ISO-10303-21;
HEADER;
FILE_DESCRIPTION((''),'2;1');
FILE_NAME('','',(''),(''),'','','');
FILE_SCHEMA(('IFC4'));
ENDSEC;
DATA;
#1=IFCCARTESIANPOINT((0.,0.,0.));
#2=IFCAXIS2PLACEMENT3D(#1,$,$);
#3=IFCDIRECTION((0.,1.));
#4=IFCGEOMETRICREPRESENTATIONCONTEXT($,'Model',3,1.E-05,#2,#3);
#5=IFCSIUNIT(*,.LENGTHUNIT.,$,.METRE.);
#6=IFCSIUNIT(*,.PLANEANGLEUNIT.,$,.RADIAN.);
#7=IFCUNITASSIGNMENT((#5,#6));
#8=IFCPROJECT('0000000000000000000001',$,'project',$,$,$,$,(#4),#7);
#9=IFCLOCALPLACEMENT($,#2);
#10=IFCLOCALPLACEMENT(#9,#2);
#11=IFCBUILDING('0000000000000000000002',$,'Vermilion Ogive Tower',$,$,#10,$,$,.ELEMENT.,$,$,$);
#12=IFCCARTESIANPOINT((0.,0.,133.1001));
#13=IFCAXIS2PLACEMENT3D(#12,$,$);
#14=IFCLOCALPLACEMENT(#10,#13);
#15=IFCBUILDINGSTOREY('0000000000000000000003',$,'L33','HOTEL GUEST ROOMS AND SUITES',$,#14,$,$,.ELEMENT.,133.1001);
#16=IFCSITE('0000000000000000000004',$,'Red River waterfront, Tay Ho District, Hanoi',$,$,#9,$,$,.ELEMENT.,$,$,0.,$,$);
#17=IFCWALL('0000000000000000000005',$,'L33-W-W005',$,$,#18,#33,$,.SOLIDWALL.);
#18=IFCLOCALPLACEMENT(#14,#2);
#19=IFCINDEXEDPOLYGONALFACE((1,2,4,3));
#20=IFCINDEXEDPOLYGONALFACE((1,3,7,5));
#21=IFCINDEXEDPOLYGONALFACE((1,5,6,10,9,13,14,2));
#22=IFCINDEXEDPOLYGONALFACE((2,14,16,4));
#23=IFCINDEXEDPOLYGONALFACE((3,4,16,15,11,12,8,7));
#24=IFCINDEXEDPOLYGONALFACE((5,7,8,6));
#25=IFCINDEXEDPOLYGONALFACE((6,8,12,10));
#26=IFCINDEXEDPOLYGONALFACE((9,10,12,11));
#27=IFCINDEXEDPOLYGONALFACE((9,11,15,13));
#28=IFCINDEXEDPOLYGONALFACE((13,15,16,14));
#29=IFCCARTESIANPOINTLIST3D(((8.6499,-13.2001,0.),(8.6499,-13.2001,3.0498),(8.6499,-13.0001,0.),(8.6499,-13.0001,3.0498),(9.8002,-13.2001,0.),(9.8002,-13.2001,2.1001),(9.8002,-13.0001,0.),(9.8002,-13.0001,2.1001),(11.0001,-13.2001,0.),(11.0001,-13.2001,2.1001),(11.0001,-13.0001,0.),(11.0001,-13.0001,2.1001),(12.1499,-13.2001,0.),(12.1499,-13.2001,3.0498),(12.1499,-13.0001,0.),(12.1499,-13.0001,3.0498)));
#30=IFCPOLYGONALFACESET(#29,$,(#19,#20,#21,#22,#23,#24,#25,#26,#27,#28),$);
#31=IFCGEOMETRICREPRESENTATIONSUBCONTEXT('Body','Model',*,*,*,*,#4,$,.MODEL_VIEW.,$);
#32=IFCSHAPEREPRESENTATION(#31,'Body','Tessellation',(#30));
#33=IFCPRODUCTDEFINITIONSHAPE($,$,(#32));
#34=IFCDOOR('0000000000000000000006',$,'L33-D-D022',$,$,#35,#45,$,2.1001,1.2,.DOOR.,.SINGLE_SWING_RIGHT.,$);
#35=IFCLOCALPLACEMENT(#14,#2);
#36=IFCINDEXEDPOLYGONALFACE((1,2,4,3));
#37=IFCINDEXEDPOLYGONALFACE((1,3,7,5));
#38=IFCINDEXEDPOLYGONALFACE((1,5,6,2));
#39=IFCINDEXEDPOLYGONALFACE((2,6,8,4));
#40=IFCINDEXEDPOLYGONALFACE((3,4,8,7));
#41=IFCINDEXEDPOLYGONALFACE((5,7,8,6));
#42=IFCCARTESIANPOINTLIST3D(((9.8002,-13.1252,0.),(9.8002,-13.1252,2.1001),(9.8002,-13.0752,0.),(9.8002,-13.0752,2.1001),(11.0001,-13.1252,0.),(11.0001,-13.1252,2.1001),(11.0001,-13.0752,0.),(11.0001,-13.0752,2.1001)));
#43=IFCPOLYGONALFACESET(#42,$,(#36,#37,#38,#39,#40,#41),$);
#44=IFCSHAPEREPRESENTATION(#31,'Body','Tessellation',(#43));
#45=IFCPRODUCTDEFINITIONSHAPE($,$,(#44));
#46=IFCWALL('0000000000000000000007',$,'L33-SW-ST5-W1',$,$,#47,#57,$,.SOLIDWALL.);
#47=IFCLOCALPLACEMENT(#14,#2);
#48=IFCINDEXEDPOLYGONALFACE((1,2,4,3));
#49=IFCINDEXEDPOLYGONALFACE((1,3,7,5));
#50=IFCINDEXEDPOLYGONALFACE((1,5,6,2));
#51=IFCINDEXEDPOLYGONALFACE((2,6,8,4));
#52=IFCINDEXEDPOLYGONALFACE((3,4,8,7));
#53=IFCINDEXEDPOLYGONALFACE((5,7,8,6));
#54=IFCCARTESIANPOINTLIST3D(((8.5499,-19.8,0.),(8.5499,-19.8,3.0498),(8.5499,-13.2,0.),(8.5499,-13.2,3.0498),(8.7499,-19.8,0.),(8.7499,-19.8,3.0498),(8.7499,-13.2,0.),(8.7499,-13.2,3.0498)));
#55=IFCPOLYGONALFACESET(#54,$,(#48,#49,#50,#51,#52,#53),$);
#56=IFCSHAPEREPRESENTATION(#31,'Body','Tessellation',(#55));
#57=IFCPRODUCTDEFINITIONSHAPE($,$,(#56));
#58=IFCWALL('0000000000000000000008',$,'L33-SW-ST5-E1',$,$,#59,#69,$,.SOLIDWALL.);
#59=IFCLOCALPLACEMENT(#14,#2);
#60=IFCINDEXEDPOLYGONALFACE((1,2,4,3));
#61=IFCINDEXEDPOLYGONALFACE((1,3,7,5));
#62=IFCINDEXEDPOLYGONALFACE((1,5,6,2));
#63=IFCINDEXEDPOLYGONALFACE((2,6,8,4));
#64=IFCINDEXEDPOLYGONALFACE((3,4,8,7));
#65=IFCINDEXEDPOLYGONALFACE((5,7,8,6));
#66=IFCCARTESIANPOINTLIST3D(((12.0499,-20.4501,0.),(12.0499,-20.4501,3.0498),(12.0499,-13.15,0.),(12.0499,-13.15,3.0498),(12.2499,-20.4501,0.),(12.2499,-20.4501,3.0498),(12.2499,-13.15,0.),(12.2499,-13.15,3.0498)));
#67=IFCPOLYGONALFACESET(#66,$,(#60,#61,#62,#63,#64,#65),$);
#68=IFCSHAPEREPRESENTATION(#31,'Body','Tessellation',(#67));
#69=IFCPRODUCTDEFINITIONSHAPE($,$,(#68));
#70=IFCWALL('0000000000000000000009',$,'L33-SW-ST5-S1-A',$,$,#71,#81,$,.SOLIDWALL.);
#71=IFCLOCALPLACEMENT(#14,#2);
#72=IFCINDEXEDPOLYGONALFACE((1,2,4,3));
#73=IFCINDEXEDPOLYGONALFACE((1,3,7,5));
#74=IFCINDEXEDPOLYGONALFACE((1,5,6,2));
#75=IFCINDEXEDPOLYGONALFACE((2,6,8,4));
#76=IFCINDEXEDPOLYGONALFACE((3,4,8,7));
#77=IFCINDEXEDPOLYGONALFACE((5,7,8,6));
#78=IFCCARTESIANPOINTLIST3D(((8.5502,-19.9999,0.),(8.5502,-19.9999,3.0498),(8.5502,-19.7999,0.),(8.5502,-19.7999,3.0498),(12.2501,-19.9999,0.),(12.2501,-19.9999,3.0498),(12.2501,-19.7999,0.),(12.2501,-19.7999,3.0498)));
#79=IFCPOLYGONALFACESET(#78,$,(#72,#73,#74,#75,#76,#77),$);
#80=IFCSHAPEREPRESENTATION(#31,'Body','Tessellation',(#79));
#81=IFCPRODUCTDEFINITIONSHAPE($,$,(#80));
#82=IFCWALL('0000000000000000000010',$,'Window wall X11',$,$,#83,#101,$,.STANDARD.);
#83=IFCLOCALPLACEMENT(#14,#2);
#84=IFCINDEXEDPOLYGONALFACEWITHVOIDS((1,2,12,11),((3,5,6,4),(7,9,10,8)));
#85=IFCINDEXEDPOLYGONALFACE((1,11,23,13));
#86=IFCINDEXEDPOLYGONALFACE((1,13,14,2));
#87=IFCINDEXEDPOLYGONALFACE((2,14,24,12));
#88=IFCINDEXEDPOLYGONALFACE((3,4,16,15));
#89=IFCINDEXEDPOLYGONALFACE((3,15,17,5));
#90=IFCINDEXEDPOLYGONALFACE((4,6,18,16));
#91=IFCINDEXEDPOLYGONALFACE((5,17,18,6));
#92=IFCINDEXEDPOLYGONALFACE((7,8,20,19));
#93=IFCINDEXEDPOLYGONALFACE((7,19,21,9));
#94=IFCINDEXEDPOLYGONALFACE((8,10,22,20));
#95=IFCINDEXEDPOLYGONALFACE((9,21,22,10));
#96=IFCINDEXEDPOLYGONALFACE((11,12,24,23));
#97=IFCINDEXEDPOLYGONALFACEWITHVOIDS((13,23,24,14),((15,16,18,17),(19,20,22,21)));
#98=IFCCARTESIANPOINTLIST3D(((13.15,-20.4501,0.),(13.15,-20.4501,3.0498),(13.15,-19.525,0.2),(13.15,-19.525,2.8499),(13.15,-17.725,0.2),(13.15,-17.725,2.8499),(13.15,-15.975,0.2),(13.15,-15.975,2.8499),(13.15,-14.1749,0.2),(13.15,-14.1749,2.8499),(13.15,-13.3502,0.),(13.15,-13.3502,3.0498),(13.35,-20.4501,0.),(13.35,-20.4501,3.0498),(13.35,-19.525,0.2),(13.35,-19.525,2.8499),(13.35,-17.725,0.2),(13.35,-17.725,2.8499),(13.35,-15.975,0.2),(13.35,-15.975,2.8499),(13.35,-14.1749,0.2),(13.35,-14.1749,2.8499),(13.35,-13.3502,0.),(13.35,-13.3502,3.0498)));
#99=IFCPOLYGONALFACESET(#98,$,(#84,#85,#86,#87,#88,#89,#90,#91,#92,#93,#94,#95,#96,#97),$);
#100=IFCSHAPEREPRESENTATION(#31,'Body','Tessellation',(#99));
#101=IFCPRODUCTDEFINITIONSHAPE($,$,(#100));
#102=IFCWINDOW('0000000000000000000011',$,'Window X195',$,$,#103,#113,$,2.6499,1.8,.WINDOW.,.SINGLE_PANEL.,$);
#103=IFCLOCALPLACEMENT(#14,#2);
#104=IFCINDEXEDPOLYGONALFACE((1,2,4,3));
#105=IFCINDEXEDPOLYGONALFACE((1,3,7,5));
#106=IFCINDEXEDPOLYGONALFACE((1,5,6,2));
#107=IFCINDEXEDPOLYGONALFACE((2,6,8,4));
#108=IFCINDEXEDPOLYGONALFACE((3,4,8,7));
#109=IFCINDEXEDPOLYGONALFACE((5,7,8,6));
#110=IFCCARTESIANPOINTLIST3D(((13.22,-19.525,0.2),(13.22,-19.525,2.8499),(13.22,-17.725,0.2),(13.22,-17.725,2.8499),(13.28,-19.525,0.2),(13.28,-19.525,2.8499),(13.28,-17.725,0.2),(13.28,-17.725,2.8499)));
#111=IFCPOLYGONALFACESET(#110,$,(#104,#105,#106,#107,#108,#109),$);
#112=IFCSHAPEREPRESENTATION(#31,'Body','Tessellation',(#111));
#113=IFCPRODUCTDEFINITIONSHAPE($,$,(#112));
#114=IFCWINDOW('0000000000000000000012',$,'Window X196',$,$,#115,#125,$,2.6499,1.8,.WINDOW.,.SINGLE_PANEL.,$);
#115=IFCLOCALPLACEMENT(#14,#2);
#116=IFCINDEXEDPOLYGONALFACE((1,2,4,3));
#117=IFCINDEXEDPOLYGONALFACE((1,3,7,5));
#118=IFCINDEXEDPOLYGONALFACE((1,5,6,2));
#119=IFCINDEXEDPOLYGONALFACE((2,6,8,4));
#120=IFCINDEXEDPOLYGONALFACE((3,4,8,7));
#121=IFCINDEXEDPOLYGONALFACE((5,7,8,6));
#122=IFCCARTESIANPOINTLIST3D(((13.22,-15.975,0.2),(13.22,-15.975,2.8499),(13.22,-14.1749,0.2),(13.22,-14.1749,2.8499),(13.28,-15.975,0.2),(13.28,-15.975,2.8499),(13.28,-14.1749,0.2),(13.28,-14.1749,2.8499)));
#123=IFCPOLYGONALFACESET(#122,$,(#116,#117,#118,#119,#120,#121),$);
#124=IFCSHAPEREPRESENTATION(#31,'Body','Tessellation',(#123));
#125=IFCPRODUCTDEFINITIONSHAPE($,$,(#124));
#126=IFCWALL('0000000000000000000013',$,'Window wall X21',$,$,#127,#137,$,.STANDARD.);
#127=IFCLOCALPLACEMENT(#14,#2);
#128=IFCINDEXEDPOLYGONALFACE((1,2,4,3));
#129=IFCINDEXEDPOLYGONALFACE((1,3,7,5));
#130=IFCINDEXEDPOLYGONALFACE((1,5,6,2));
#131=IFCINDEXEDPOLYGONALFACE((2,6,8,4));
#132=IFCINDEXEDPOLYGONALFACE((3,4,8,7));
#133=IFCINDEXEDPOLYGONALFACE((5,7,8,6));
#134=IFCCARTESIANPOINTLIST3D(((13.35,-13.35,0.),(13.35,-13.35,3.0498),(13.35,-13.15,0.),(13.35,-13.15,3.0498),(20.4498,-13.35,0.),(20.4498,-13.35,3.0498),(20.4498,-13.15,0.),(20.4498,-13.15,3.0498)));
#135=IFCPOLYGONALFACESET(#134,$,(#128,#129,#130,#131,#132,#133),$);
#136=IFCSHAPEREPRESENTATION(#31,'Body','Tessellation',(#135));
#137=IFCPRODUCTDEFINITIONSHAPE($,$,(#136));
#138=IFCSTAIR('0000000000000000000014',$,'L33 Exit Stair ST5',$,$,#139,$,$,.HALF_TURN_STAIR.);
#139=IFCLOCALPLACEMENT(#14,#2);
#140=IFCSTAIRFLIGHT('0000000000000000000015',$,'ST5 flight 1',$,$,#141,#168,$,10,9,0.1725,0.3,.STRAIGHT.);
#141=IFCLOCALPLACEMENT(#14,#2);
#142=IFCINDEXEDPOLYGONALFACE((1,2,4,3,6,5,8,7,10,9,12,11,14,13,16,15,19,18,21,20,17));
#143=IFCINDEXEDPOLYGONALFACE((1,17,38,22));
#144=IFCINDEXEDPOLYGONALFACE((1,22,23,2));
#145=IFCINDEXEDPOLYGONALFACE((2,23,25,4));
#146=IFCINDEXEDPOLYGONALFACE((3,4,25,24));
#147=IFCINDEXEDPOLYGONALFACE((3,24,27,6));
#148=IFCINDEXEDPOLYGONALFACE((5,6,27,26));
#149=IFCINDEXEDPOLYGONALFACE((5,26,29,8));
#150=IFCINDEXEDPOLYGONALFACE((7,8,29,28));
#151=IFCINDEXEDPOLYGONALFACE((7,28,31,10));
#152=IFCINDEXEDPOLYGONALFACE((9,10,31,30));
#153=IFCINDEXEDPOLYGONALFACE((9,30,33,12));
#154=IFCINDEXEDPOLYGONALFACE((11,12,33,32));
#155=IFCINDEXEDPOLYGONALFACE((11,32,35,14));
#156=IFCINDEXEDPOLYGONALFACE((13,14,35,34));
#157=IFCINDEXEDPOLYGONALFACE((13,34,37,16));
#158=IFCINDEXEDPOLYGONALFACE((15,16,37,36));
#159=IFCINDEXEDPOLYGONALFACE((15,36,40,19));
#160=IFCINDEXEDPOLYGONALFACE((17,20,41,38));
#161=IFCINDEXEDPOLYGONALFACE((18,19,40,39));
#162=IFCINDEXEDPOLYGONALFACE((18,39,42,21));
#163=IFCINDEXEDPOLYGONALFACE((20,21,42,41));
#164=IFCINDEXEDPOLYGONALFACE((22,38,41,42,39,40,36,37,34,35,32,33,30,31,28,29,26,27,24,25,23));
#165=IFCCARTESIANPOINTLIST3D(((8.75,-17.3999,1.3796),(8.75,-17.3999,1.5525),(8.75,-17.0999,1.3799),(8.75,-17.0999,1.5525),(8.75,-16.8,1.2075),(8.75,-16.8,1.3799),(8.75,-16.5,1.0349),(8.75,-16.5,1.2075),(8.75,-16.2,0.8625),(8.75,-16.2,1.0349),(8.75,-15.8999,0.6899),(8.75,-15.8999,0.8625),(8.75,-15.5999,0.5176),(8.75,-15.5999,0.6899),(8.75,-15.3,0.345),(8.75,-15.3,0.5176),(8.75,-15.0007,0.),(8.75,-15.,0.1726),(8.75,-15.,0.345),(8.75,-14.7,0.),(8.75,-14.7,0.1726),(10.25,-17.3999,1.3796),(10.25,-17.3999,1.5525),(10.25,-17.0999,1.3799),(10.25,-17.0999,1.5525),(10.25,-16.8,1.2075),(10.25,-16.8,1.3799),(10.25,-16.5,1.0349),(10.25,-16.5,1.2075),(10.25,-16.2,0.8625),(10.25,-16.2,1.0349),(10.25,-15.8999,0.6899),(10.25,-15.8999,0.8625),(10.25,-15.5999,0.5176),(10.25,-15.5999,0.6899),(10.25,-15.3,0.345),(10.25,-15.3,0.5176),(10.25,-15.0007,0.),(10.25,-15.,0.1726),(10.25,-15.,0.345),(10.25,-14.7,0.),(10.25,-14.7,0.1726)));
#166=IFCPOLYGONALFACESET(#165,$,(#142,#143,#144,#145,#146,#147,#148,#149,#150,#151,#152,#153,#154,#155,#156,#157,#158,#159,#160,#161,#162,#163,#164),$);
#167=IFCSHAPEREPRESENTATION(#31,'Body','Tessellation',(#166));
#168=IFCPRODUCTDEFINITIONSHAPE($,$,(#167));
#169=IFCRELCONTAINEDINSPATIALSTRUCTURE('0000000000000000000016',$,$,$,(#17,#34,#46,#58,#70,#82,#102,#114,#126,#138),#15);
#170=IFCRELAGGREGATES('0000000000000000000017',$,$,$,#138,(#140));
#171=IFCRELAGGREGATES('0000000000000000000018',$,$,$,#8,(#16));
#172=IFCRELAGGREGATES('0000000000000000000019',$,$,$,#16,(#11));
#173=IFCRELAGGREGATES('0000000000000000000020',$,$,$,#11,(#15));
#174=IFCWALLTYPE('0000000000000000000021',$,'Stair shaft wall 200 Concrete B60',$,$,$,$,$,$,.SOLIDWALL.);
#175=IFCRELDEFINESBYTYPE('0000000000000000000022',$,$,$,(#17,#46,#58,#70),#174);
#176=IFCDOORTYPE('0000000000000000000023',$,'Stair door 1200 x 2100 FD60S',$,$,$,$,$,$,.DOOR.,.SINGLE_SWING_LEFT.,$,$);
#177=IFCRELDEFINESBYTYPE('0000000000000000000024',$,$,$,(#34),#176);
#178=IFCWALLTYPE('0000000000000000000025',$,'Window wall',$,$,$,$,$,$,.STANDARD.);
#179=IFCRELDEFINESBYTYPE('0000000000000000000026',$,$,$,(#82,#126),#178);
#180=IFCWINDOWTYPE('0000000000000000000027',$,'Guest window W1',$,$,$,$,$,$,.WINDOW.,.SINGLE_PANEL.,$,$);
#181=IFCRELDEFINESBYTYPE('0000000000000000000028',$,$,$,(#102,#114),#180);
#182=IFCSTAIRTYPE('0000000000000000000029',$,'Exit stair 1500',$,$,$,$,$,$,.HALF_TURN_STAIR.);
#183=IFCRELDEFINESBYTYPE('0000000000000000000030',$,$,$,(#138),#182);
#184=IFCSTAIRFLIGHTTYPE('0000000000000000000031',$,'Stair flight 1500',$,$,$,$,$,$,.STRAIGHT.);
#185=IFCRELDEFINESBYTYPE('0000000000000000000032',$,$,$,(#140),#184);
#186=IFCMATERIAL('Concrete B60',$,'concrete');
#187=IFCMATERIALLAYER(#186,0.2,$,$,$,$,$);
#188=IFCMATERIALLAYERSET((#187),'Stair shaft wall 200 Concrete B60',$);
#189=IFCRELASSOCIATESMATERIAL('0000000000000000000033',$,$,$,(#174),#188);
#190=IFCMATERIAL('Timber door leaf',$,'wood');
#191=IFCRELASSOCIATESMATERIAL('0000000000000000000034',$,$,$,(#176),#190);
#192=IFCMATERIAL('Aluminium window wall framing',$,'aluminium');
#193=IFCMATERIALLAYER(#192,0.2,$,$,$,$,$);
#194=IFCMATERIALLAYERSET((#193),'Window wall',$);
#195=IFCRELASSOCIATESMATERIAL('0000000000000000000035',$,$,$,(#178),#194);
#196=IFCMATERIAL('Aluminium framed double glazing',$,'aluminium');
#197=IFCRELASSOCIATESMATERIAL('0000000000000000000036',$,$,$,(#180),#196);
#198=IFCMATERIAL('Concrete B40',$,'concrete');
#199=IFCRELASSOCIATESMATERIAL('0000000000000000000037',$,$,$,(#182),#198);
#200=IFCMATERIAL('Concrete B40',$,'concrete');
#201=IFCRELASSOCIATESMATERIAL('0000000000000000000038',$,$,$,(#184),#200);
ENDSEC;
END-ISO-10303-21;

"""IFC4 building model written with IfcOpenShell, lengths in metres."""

from ifc_helpers import new_model, si_unit, direction, frame, frame_2d, origin, place, context, subcontext, project, spatial, polyline, rectangle, outline, extrude, material, layer, layer_set, type_object, element, fill, aggregate, save


model = new_model("IFC4")

# Units and contexts
model_context = context("Model", 3, precision=1e-05, world=origin(), true_north=direction((0.0, 1.0)))
body_context = subcontext(model_context, "Body", "Model", "MODEL_VIEW")
ifc_project = project(units=[si_unit("LENGTHUNIT", "METRE"), si_unit("PLANEANGLEUNIT", "RADIAN")], contexts=[model_context])

# Site, building, storey
site_placement = place(None, origin())
site = spatial("IfcSite", under=ifc_project, at=site_placement, Name="Red River waterfront, Tay Ho District, Hanoi", CompositionType="ELEMENT", RefElevation=0.0)
building_placement = place(site_placement, origin())
building = spatial("IfcBuilding", under=site, at=building_placement, Name="Vermilion Ogive Tower", CompositionType="ELEMENT")
storey_placement = place(building_placement, frame((0.0, 0.0, 133.1001)))
storey = spatial("IfcBuildingStorey", under=building, at=storey_placement, Name="L33", Description="HOTEL GUEST ROOMS AND SUITES", CompositionType="ELEMENT", Elevation=133.1001)

# Wall, opening, door
ifc_material_1 = material(Name="Concrete B60", Category="concrete")
ifc_layer_1 = layer(ifc_material_1, 0.2)
ifc_layer_set_1 = layer_set([ifc_layer_1], Name="Stair shaft wall 200 Concrete B60")
wall_type_1 = type_object("IfcWallType", Name="Stair shaft wall 200 Concrete B60", PredefinedType="SOLIDWALL", material=ifc_layer_set_1)
wall_1_placement = place(storey_placement, frame((8.6499, -13.1001, 0.0), z_axis=(0.0, 0.0, 1.0), x_axis=(1.0, 0.0, 0.0)))
wall_1 = element("IfcWall", 1, at=wall_1_placement, inside=storey, type_object=wall_type_1, Name="L33-W-W005", PredefinedType="SOLIDWALL", context=body_context, shape_type="SweptSolid", body=[
    extrude(rectangle(XDim=3.5, YDim=0.2, at=frame_2d((1.75, 0.0))), origin(), (0.0, 0.0, 1.0), 3.0498),
])
opening_1_placement = place(wall_1_placement, frame((1.1501, 0.0, 0.0)))
opening_1 = element("IfcOpeningElement", 2, at=opening_1_placement, cuts=wall_1, PredefinedType="OPENING", context=body_context, shape_type="SweptSolid", body=[
    extrude(rectangle(XDim=1.2, YDim=2.1001, at=frame_2d((0.6001, 1.05))), frame((0.0, 0.1099, 0.0), z_axis=(0.0, -1.0, 0.0), x_axis=(1.0, 0.0, 0.0)), (0.0, 0.0, 1.0), 0.22),
])
ifc_material_2 = material(Name="Timber door leaf", Category="wood")
door_type_1 = type_object("IfcDoorType", Name="Stair door 1200 x 2100 FD60S", OperationType="SINGLE_SWING_LEFT", PredefinedType="DOOR", material=ifc_material_2)
door_1_placement = place(opening_1_placement, origin())
door_1 = element("IfcDoor", 3, at=door_1_placement, inside=storey, type_object=door_type_1, Name="L33-D-D022", OperationType="SINGLE_SWING_RIGHT", OverallHeight=2.1001, OverallWidth=1.2, PredefinedType="DOOR", context=body_context, shape_type="SweptSolid", body=[
    extrude(rectangle(XDim=1.2, YDim=2.1001, at=frame_2d((0.6001, 1.05))), frame((0.0, 0.0249, 0.0), z_axis=(0.0, -1.0, 0.0), x_axis=(1.0, 0.0, 0.0)), (0.0, 0.0, 1.0), 0.05),
])
fill(opening_1, door_1)

# Walls
wall_2_placement = place(storey_placement, frame((8.6499, -19.8, 0.0), z_axis=(0.0, 0.0, 1.0), x_axis=(0.0, 1.0, 0.0)))
element("IfcWall", 4, at=wall_2_placement, inside=storey, type_object=wall_type_1, Name="L33-SW-ST5-W1", PredefinedType="SOLIDWALL", context=body_context, shape_type="SweptSolid", body=[
    extrude(rectangle(XDim=6.6001, YDim=0.2, at=frame_2d((3.3, 0.0))), origin(), (0.0, 0.0, 1.0), 3.0498),
])
wall_3_placement = place(storey_placement, frame((12.1499, -20.45, 0.0), z_axis=(0.0, 0.0, 1.0), x_axis=(0.0, 1.0, 0.0)))
element("IfcWall", 5, at=wall_3_placement, inside=storey, type_object=wall_type_1, Name="L33-SW-ST5-E1", PredefinedType="SOLIDWALL", context=body_context, shape_type="SweptSolid", body=[
    extrude(rectangle(XDim=7.3, YDim=0.2, at=frame_2d((3.6499, 0.0))), origin(), (0.0, 0.0, 1.0), 3.0498),
])
wall_4_placement = place(storey_placement, frame((8.55, -19.8999, 0.0), z_axis=(0.0, 0.0, 1.0), x_axis=(1.0, 0.0, 0.0)))
element("IfcWall", 6, at=wall_4_placement, inside=storey, type_object=wall_type_1, Name="L33-SW-ST5-S1-A", PredefinedType="SOLIDWALL", context=body_context, shape_type="SweptSolid", body=[
    extrude(rectangle(XDim=3.7, YDim=0.2, at=frame_2d((1.8501, 0.0))), origin(), (0.0, 0.0, 1.0), 3.0498),
])

# Wall, openings, windows
ifc_material_3 = material(Name="Aluminium window wall framing", Category="aluminium")
ifc_layer_2 = layer(ifc_material_3, 0.2)
ifc_layer_set_2 = layer_set([ifc_layer_2], Name="Window wall")
wall_type_2 = type_object("IfcWallType", Name="Window wall", PredefinedType="STANDARD", material=ifc_layer_set_2)
wall_5_placement = place(storey_placement, frame((13.25, -20.45, 0.0), z_axis=(0.0, 0.0, 1.0), x_axis=(0.0, 1.0, 0.0)))
wall_5 = element("IfcWall", 7, at=wall_5_placement, inside=storey, type_object=wall_type_2, Name="Window wall X11", PredefinedType="STANDARD", context=body_context, shape_type="SweptSolid", body=[
    extrude(rectangle(XDim=7.0999, YDim=0.2, at=frame_2d((3.5498, 0.0))), origin(), (0.0, 0.0, 1.0), 3.0498),
])
opening_2_placement = place(wall_5_placement, frame((0.925, 0.0, 0.2)))
opening_2 = element("IfcOpeningElement", 8, at=opening_2_placement, cuts=wall_5, PredefinedType="OPENING", context=body_context, shape_type="SweptSolid", body=[
    extrude(rectangle(XDim=1.8, YDim=2.6499, at=frame_2d((0.8999, 1.325))), frame((0.0, 0.1099, 0.0), z_axis=(0.0, -1.0, 0.0), x_axis=(1.0, 0.0, 0.0)), (0.0, 0.0, 1.0), 0.22),
])
opening_3_placement = place(wall_5_placement, frame((4.4751, 0.0, 0.2)))
opening_3 = element("IfcOpeningElement", 9, at=opening_3_placement, cuts=wall_5, PredefinedType="OPENING", context=body_context, shape_type="SweptSolid", body=[
    extrude(rectangle(XDim=1.8, YDim=2.6499, at=frame_2d((0.8999, 1.325))), frame((0.0, 0.1099, 0.0), z_axis=(0.0, -1.0, 0.0), x_axis=(1.0, 0.0, 0.0)), (0.0, 0.0, 1.0), 0.22),
])
ifc_material_4 = material(Name="Aluminium framed double glazing", Category="aluminium")
window_type = type_object("IfcWindowType", Name="Guest window W1", PartitioningType="SINGLE_PANEL", PredefinedType="WINDOW", material=ifc_material_4)
window_1_placement = place(opening_2_placement, origin())
window_1 = element("IfcWindow", 10, at=window_1_placement, inside=storey, type_object=window_type, Name="Window X195", OverallHeight=2.6499, OverallWidth=1.8, PartitioningType="SINGLE_PANEL", PredefinedType="WINDOW", context=body_context, shape_type="SweptSolid", body=[
    extrude(rectangle(XDim=1.8, YDim=2.6499, at=frame_2d((0.8999, 1.325))), frame((0.0, 0.03, 0.0), z_axis=(0.0, -1.0, 0.0), x_axis=(1.0, 0.0, 0.0)), (0.0, 0.0, 1.0), 0.0601),
])
fill(opening_2, window_1)
window_2_placement = place(opening_3_placement, origin())
window_2 = element("IfcWindow", 11, at=window_2_placement, inside=storey, type_object=window_type, Name="Window X196", OverallHeight=2.6499, OverallWidth=1.8, PartitioningType="SINGLE_PANEL", PredefinedType="WINDOW", context=body_context, shape_type="SweptSolid", body=[
    extrude(rectangle(XDim=1.8, YDim=2.6499, at=frame_2d((0.8999, 1.325))), frame((0.0, 0.03, 0.0), z_axis=(0.0, -1.0, 0.0), x_axis=(1.0, 0.0, 0.0)), (0.0, 0.0, 1.0), 0.0601),
])
fill(opening_3, window_2)

# Wall
wall_6_placement = place(storey_placement, frame((13.3501, -13.25, 0.0), z_axis=(0.0, 0.0, 1.0), x_axis=(1.0, 0.0, 0.0)))
element("IfcWall", 12, at=wall_6_placement, inside=storey, type_object=wall_type_2, Name="Window wall X21", PredefinedType="STANDARD", context=body_context, shape_type="SweptSolid", body=[
    extrude(rectangle(XDim=7.0999, YDim=0.2, at=frame_2d((3.5498, 0.0))), origin(), (0.0, 0.0, 1.0), 3.0498),
])

# Stair, stair flight
ifc_material_5 = material(Name="Concrete B40", Category="concrete")
stair_type = type_object("IfcStairType", Name="Exit stair 1500", PredefinedType="HALF_TURN_STAIR", material=ifc_material_5)
stair_placement = place(storey_placement, origin())
stair = element("IfcStair", 13, at=stair_placement, inside=storey, type_object=stair_type, Name="L33 Exit Stair ST5", PredefinedType="HALF_TURN_STAIR")
ifc_material_6 = material(Name="Concrete B40", Category="concrete")
stair_flight_type = type_object("IfcStairFlightType", Name="Stair flight 1500", PredefinedType="STRAIGHT", material=ifc_material_6)
stair_flight_1_placement = place(storey_placement, frame((9.5, -14.7, 0.0), z_axis=(0.0, 0.0, 1.0), x_axis=(0.0, -1.0, 0.0)))
stair_flight_1 = element("IfcStairFlight", 14, at=stair_flight_1_placement, type_object=stair_flight_type, Name="ST5 flight 1", NumberOfRisers=10, NumberOfTreads=9, PredefinedType="STRAIGHT", RiserHeight=0.1725, TreadLength=0.3, context=body_context, shape_type="SweptSolid", body=[
    extrude(outline(polyline([(0.0, 0.0), (0.0, 0.1726), (0.3, 0.1726), (0.3, 0.345), (0.6001, 0.345), (0.6001, 0.5176), (0.8999, 0.5176), (0.8999, 0.6899), (1.2, 0.6899), (1.2, 0.8625), (1.5, 0.8625), (1.5, 1.0349), (1.8, 1.0349), (1.8, 1.2075), (2.1001, 1.2075), (2.1001, 1.3799), (2.3999, 1.3799), (2.3999, 1.5525), (2.7, 1.5525), (2.7, 1.7251), (2.7, 1.3796), (0.3008, 0.0), (0.0, 0.0)])), frame((0.0, 0.75, 0.0), z_axis=(0.0, -1.0, 0.0), x_axis=(1.0, 0.0, 0.0)), (0.0, 0.0, 1.0), 1.5),
])
aggregate(stair, [stair_flight_1])

save(model, "model.ifc")
